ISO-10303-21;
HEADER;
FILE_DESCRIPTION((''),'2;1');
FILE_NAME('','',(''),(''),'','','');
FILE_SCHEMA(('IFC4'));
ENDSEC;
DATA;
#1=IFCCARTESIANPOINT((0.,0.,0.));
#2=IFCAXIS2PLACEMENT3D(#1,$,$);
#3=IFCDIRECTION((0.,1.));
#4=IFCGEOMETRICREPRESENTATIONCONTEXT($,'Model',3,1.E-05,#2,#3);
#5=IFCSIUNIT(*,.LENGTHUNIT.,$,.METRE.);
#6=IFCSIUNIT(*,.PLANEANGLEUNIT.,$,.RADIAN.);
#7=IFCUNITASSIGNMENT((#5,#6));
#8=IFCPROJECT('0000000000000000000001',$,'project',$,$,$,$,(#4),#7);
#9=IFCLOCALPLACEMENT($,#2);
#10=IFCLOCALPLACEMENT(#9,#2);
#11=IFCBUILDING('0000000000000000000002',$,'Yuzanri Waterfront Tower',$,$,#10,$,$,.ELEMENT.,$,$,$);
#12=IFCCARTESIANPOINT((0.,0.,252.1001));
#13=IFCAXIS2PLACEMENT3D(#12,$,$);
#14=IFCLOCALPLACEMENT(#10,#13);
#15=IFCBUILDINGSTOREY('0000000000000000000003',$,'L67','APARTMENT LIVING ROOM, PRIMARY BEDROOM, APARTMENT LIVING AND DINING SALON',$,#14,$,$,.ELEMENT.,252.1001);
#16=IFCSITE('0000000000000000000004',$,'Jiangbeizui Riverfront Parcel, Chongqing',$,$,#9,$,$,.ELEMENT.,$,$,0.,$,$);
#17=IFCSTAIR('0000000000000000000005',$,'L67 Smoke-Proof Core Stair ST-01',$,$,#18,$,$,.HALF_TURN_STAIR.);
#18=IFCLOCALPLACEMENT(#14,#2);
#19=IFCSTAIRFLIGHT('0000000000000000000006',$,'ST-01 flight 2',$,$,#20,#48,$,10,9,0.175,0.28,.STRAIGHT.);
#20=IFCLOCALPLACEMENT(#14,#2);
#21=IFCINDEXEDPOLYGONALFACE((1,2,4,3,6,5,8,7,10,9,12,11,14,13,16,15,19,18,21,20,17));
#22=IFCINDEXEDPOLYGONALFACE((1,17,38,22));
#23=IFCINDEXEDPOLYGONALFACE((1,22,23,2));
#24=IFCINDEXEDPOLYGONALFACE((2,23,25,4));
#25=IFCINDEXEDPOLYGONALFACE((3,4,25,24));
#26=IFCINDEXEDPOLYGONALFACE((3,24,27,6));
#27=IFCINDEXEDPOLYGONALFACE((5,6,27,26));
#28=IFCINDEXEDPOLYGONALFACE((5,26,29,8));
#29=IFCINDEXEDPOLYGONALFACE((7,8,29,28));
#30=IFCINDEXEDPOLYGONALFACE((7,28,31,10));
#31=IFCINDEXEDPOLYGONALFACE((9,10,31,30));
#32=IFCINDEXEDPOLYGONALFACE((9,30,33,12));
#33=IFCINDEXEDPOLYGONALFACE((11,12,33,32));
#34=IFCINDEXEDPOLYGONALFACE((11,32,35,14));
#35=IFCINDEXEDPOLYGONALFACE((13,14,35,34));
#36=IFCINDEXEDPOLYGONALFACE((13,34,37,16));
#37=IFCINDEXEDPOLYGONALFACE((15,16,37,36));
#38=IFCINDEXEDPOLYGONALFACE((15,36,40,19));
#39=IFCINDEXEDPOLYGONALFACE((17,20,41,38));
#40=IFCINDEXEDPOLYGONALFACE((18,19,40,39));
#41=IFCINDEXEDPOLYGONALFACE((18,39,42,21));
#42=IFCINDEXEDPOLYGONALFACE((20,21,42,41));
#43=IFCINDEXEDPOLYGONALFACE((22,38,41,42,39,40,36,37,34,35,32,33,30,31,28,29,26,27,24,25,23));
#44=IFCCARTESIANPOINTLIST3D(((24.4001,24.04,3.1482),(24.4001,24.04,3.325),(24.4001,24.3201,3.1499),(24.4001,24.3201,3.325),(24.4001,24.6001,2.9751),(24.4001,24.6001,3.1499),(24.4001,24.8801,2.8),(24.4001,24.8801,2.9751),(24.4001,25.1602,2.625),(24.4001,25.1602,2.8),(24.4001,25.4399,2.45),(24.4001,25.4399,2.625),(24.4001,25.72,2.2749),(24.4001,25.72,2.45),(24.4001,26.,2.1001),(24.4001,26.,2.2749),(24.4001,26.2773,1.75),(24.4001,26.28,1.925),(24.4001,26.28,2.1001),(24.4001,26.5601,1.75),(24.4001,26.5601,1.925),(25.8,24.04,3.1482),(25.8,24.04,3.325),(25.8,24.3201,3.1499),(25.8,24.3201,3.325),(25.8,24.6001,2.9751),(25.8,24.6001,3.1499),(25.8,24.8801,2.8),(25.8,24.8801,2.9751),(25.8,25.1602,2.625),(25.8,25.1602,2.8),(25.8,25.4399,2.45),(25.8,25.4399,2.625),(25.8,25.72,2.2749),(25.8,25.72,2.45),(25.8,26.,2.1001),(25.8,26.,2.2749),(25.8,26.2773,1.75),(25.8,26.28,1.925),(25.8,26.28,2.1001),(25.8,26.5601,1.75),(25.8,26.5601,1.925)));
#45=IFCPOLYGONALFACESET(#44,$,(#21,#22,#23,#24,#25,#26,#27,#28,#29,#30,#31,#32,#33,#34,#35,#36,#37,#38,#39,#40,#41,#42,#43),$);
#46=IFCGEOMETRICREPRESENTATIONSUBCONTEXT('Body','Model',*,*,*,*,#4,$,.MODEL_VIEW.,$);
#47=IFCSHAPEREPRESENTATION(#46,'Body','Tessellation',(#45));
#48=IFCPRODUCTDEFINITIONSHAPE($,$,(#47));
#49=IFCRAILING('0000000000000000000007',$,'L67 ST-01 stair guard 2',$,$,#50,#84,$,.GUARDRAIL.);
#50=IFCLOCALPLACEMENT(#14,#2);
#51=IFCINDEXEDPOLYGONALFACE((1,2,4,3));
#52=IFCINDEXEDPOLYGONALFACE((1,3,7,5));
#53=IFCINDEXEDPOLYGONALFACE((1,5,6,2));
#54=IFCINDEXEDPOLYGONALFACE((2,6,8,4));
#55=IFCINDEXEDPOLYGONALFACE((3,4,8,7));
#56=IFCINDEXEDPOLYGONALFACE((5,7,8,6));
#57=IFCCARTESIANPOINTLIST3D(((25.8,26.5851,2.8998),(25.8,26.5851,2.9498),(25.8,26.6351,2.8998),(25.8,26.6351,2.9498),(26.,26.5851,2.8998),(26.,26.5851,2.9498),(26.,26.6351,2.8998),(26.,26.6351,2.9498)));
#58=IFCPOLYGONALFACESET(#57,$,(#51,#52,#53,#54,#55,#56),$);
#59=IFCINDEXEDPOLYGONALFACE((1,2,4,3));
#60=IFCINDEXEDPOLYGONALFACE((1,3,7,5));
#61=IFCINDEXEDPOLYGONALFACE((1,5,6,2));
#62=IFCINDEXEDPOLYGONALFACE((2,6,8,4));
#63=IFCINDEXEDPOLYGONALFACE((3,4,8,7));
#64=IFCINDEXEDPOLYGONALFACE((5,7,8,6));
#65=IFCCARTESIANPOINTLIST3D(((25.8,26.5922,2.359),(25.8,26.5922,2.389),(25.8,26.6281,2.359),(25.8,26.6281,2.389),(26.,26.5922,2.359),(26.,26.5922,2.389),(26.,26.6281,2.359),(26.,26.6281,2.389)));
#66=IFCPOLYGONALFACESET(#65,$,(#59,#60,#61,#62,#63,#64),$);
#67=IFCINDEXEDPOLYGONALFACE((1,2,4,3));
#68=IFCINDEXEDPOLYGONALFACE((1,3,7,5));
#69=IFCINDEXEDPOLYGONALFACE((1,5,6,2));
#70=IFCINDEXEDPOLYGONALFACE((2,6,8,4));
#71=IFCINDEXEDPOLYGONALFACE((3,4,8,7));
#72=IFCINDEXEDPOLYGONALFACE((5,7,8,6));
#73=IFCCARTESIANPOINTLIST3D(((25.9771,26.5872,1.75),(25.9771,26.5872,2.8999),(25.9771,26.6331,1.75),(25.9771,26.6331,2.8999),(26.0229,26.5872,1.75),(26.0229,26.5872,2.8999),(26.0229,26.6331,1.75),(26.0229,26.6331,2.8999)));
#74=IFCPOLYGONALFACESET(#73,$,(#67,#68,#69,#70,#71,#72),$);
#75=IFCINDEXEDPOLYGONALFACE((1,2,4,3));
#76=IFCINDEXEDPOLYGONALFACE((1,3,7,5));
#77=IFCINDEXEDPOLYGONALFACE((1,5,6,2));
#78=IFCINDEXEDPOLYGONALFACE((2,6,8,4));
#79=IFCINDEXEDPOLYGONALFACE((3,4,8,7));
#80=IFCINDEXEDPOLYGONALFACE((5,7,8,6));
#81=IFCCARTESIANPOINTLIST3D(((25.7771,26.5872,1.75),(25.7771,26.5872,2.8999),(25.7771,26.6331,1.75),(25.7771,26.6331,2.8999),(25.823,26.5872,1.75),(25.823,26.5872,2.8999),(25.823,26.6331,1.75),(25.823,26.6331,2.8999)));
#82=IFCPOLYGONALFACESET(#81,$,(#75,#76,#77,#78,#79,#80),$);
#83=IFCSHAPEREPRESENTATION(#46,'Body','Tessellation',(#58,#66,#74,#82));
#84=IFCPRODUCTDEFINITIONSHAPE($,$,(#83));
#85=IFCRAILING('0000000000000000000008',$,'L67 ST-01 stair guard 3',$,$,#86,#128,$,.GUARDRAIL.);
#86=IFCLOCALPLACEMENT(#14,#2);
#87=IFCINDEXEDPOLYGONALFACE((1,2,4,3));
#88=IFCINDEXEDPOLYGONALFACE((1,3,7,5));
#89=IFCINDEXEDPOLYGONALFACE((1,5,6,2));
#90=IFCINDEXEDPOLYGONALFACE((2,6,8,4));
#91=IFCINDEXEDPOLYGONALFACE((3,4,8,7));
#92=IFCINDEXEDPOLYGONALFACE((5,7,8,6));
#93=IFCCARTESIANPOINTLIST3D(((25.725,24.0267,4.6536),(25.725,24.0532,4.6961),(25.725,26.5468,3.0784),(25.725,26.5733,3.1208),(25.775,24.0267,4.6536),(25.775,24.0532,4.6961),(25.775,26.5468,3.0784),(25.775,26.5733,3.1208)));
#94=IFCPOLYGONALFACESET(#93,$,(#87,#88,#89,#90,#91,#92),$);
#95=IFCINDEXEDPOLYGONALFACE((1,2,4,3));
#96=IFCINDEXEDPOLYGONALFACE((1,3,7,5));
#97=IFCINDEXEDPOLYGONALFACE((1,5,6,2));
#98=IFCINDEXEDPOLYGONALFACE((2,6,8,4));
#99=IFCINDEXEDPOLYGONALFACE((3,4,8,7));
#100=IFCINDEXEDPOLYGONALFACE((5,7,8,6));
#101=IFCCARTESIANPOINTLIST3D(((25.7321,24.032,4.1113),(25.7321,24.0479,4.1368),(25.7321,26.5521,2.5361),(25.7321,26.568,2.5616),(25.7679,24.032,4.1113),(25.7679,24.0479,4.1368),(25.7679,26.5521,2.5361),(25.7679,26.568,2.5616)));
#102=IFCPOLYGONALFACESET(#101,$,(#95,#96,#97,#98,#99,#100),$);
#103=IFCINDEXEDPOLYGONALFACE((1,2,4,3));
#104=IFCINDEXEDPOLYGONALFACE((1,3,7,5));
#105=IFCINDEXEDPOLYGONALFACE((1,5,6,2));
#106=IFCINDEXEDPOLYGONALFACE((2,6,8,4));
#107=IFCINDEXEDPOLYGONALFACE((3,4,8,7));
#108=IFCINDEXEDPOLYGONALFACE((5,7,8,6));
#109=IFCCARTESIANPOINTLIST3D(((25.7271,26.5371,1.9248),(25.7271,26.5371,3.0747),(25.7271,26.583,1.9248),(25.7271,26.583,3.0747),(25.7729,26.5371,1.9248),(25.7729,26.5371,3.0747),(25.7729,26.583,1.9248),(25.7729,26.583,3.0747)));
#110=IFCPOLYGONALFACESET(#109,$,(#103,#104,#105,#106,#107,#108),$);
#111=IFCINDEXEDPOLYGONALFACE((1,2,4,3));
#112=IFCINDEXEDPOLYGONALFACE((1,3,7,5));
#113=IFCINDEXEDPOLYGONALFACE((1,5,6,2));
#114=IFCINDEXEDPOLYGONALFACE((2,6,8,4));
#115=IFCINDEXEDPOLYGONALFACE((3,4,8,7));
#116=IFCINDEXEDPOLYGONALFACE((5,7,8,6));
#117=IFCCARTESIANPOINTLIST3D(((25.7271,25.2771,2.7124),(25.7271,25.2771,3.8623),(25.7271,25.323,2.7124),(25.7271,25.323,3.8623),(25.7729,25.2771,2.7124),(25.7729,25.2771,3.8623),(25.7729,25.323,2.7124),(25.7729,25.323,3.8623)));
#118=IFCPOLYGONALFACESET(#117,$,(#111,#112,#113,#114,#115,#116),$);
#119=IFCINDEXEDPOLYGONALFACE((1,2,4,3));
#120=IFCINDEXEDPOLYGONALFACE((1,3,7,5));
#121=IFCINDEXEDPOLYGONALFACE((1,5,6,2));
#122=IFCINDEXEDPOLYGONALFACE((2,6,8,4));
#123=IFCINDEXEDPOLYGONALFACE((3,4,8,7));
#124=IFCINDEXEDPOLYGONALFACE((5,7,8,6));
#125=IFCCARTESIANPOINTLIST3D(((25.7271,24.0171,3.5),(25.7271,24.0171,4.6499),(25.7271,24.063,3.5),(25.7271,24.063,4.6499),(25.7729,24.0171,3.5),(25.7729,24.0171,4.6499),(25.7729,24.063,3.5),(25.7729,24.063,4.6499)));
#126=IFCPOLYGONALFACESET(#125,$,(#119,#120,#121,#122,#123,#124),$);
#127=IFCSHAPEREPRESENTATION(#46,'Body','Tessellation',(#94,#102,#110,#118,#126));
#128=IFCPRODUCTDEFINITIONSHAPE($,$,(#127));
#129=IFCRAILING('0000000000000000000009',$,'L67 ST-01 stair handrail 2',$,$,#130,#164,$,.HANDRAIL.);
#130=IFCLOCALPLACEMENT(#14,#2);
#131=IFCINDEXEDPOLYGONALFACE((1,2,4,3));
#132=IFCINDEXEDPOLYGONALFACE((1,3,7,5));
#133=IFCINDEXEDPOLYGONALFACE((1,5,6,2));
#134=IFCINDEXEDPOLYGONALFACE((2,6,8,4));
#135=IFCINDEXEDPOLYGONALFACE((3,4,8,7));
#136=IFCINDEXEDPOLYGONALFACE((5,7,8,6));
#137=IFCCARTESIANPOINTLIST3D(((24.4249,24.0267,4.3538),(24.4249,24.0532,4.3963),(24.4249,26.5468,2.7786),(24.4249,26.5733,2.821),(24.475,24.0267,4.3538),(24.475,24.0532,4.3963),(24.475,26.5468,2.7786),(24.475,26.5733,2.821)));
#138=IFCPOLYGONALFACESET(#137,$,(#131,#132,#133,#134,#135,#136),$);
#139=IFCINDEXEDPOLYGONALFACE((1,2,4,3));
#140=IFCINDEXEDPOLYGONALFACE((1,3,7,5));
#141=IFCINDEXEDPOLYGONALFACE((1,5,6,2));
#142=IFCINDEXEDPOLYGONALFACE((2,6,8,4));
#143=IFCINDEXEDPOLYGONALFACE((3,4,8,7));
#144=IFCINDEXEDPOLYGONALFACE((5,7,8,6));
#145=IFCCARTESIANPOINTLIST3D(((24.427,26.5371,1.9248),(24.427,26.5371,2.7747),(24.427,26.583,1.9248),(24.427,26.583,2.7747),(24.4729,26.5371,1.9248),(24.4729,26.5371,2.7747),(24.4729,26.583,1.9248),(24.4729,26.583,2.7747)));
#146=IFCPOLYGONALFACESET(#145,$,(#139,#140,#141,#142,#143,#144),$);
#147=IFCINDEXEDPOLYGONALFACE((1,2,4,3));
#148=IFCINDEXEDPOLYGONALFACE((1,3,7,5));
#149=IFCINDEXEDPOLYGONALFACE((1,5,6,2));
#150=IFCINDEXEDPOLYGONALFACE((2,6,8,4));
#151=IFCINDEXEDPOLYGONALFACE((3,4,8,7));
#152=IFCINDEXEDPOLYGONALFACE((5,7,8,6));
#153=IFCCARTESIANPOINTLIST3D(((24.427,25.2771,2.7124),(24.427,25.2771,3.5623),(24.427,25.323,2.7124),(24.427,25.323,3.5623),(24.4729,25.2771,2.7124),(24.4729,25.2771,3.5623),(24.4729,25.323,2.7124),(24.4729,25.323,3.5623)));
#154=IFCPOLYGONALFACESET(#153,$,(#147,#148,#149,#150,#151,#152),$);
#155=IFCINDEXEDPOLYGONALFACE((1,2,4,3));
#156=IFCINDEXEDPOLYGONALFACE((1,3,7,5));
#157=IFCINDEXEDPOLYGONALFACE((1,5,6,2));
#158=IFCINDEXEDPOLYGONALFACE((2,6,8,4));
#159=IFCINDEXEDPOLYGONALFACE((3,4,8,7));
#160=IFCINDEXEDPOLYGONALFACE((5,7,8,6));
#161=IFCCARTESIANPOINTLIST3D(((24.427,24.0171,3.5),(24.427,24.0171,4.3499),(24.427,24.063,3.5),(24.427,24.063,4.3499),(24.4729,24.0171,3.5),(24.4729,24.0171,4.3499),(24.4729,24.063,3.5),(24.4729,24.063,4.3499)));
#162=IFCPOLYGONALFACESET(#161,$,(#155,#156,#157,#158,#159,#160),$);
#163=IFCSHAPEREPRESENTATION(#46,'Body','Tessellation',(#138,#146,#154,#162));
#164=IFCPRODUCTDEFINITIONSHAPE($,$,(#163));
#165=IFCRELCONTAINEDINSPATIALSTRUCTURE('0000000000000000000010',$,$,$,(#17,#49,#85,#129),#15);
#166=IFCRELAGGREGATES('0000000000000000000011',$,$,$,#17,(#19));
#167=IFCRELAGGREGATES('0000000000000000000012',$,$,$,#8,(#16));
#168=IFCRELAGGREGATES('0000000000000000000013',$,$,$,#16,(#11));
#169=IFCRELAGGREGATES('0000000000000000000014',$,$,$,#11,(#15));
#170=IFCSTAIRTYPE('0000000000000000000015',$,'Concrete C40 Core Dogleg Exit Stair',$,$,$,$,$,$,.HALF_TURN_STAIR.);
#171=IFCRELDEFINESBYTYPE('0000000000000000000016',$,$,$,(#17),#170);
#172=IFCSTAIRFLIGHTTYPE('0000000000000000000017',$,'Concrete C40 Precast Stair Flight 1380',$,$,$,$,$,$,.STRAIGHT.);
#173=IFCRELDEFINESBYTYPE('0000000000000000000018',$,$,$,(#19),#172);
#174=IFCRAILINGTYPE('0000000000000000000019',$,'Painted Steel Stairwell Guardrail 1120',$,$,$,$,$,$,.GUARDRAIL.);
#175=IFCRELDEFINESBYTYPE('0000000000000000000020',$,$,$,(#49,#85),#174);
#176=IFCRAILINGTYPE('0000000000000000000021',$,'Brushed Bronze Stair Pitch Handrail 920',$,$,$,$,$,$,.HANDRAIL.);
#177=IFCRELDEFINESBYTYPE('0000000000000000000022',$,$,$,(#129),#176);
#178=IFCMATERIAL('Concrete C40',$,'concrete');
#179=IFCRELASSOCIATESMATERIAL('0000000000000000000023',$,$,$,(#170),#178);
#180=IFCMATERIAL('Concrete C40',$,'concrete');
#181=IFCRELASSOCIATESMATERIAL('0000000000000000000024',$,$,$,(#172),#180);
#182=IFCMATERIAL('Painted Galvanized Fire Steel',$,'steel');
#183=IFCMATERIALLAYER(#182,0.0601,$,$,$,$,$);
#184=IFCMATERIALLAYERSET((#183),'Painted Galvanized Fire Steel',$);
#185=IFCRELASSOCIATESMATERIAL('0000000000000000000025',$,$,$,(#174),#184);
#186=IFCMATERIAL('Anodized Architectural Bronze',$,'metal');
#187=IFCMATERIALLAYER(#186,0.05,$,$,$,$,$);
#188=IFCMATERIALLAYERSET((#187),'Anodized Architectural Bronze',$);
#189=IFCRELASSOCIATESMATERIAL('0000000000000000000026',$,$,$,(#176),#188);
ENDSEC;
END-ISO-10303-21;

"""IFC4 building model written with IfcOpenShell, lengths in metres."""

from ifc_helpers import new_model, si_unit, direction, frame, origin, origin_2d, place, context, subcontext, project, spatial, polyline, rectangle, outline, extrude, source, transform, mapped, material, layer, layer_set, type_object, element, aggregate, save


model = new_model("IFC4")

# Units and contexts
model_context = context("Model", 3, precision=1e-05, world=origin(), true_north=direction((0.0, 1.0)))
body_context = subcontext(model_context, "Body", "Model", "MODEL_VIEW")
ifc_project = project(units=[si_unit("LENGTHUNIT", "METRE"), si_unit("PLANEANGLEUNIT", "RADIAN")], contexts=[model_context])

# Site, building, storey
site_placement = place(None, origin())
site = spatial("IfcSite", under=ifc_project, at=site_placement, Name="Jiangbeizui Riverfront Parcel, Chongqing", CompositionType="ELEMENT", RefElevation=0.0)
building_placement = place(site_placement, origin())
building = spatial("IfcBuilding", under=site, at=building_placement, Name="Yuzanri Waterfront Tower", CompositionType="ELEMENT")
storey_placement = place(building_placement, frame((0.0, 0.0, 252.1001)))
storey = spatial("IfcBuildingStorey", under=building, at=storey_placement, Name="L67", Description="APARTMENT LIVING ROOM, PRIMARY BEDROOM, APARTMENT LIVING AND DINING SALON", CompositionType="ELEMENT", Elevation=252.1001)

# Stair, stair flight
ifc_material_1 = material(Name="Concrete C40", Category="concrete")
stair_type = type_object("IfcStairType", Name="Concrete C40 Core Dogleg Exit Stair", PredefinedType="HALF_TURN_STAIR", material=ifc_material_1)
stair_placement = place(storey_placement, origin())
stair = element("IfcStair", 1, at=stair_placement, inside=storey, type_object=stair_type, Name="L67 Smoke-Proof Core Stair ST-01", PredefinedType="HALF_TURN_STAIR")
ifc_material_2 = material(Name="Concrete C40", Category="concrete")
stair_flight_type = type_object("IfcStairFlightType", Name="Concrete C40 Precast Stair Flight 1380", PredefinedType="STRAIGHT", material=ifc_material_2)
shared_shape_1 = source(origin(), body_context, "Body", "SweptSolid", [
    extrude(outline(polyline([(0.0, 0.0), (0.0, 0.175), (0.28, 0.175), (0.28, 0.3501), (0.5601, 0.3501), (0.5601, 0.5249), (0.8401, 0.5249), (0.8401, 0.7), (1.1201, 0.7), (1.1201, 0.875), (1.3999, 0.875), (1.3999, 1.05), (1.6799, 1.05), (1.6799, 1.2251), (1.96, 1.2251), (1.96, 1.3999), (2.24, 1.3999), (2.24, 1.575), (2.52, 1.575), (2.52, 1.75), (2.52, 1.3982), (0.2827, 0.0), (0.0, 0.0)])), frame((0.0, 0.7, 0.0), z_axis=(0.0, -1.0, 0.0), x_axis=(1.0, 0.0, 0.0)), (0.0, 0.0, 1.0), 1.3999),
])
stair_flight_placement = place(storey_placement, frame((25.1001, 26.5601, 1.75), z_axis=(0.0, 0.0, 1.0), x_axis=(0.0, -1.0, 0.0)))
stair_flight = element("IfcStairFlight", 2, at=stair_flight_placement, type_object=stair_flight_type, Name="ST-01 flight 2", NumberOfRisers=10, NumberOfTreads=9, PredefinedType="STRAIGHT", RiserHeight=0.175, TreadLength=0.28, context=body_context, shape_type="MappedRepresentation", body=[
    mapped(shared_shape_1, transform((0.0, 0.0, 0.0), scale=1.0)),
])
aggregate(stair, [stair_flight])

# Railings
ifc_material_3 = material(Name="Painted Galvanized Fire Steel", Category="steel")
ifc_layer_1 = layer(ifc_material_3, 0.0601)
ifc_layer_set_1 = layer_set([ifc_layer_1], Name="Painted Galvanized Fire Steel")
railing_type_1 = type_object("IfcRailingType", Name="Painted Steel Stairwell Guardrail 1120", PredefinedType="GUARDRAIL", material=ifc_layer_set_1)
shared_shape_2 = source(origin(), body_context, "Body", "SweptSolid", [
    extrude(rectangle(XDim=0.05, YDim=0.05, at=origin_2d()), frame((0.0, 0.0, 1.1748), z_axis=(-1.0, 0.0, 0.0), x_axis=(0.0, -1.0, 0.0)), (0.0, 0.0, 1.0), 0.2),
    extrude(rectangle(XDim=0.0359, YDim=0.03, at=origin_2d()), frame((0.0, 0.0, 0.624), z_axis=(-1.0, 0.0, 0.0), x_axis=(0.0, -1.0, 0.0)), (0.0, 0.0, 1.0), 0.2),
    extrude(rectangle(XDim=0.0459, YDim=0.0459, at=origin_2d()), origin(), (0.0, 0.0, 1.0), 1.1499),
    extrude(rectangle(XDim=0.0459, YDim=0.0459, at=origin_2d()), frame((-0.2, 0.0, 0.0)), (0.0, 0.0, 1.0), 1.1499),
])
railing_1_placement = place(storey_placement, frame((26.0, 26.6101, 1.75)))
element("IfcRailing", 3, at=railing_1_placement, inside=storey, type_object=railing_type_1, Name="L67 ST-01 stair guard 2", PredefinedType="GUARDRAIL", context=body_context, shape_type="MappedRepresentation", body=[
    mapped(shared_shape_2, transform((0.0, 0.0, 0.0), scale=1.0)),
])
shared_shape_3 = source(origin(), body_context, "Body", "SweptSolid", [
    extrude(rectangle(XDim=0.05, YDim=0.05, at=origin_2d()), frame((0.0, 0.0, 1.1748), z_axis=(0.0, -0.847971, 0.530043), x_axis=(1.0, 0.0, 0.0)), (0.0, 0.0, 1.0), 2.9719),
    extrude(rectangle(XDim=0.0359, YDim=0.03, at=origin_2d()), frame((0.0, 0.0, 0.624), z_axis=(0.0, -0.847971, 0.530043), x_axis=(1.0, 0.0, 0.0)), (0.0, 0.0, 1.0), 2.9719),
    extrude(rectangle(XDim=0.0459, YDim=0.0459, at=origin_2d()), origin(), (0.0, 0.0, 1.0), 1.1499),
    extrude(rectangle(XDim=0.0459, YDim=0.0459, at=origin_2d()), frame((0.0, -1.26, 0.7876)), (0.0, 0.0, 1.0), 1.1499),
    extrude(rectangle(XDim=0.0459, YDim=0.0459, at=origin_2d()), frame((0.0, -2.52, 1.5752)), (0.0, 0.0, 1.0), 1.1499),
])
railing_2_placement = place(storey_placement, frame((25.75, 26.5601, 1.9248)))
element("IfcRailing", 4, at=railing_2_placement, inside=storey, type_object=railing_type_1, Name="L67 ST-01 stair guard 3", PredefinedType="GUARDRAIL", context=body_context, shape_type="MappedRepresentation", body=[
    mapped(shared_shape_3, transform((0.0, 0.0, 0.0), scale=1.0)),
])
ifc_material_4 = material(Name="Anodized Architectural Bronze", Category="metal")
ifc_layer_2 = layer(ifc_material_4, 0.05)
ifc_layer_set_2 = layer_set([ifc_layer_2], Name="Anodized Architectural Bronze")
railing_type_2 = type_object("IfcRailingType", Name="Brushed Bronze Stair Pitch Handrail 920", PredefinedType="HANDRAIL", material=ifc_layer_set_2)
shared_shape_4 = source(origin(), body_context, "Body", "SweptSolid", [
    extrude(rectangle(XDim=0.05, YDim=0.05, at=origin_2d()), frame((0.0, 0.0, 0.875), z_axis=(0.0, -0.847971, 0.530043), x_axis=(1.0, 0.0, 0.0)), (0.0, 0.0, 1.0), 2.9719),
    extrude(rectangle(XDim=0.0459, YDim=0.0459, at=origin_2d()), origin(), (0.0, 0.0, 1.0), 0.8499),
    extrude(rectangle(XDim=0.0459, YDim=0.0459, at=origin_2d()), frame((0.0, -1.26, 0.7876)), (0.0, 0.0, 1.0), 0.8499),
    extrude(rectangle(XDim=0.0459, YDim=0.0459, at=origin_2d()), frame((0.0, -2.52, 1.5752)), (0.0, 0.0, 1.0), 0.8499),
])
railing_3_placement = place(storey_placement, frame((24.45, 26.5601, 1.9248)))
element("IfcRailing", 5, at=railing_3_placement, inside=storey, type_object=railing_type_2, Name="L67 ST-01 stair handrail 2", PredefinedType="HANDRAIL", context=body_context, shape_type="MappedRepresentation", body=[
    mapped(shared_shape_4, transform((0.0, 0.0, 0.0), scale=1.0)),
])

save(model, "model.ifc")
